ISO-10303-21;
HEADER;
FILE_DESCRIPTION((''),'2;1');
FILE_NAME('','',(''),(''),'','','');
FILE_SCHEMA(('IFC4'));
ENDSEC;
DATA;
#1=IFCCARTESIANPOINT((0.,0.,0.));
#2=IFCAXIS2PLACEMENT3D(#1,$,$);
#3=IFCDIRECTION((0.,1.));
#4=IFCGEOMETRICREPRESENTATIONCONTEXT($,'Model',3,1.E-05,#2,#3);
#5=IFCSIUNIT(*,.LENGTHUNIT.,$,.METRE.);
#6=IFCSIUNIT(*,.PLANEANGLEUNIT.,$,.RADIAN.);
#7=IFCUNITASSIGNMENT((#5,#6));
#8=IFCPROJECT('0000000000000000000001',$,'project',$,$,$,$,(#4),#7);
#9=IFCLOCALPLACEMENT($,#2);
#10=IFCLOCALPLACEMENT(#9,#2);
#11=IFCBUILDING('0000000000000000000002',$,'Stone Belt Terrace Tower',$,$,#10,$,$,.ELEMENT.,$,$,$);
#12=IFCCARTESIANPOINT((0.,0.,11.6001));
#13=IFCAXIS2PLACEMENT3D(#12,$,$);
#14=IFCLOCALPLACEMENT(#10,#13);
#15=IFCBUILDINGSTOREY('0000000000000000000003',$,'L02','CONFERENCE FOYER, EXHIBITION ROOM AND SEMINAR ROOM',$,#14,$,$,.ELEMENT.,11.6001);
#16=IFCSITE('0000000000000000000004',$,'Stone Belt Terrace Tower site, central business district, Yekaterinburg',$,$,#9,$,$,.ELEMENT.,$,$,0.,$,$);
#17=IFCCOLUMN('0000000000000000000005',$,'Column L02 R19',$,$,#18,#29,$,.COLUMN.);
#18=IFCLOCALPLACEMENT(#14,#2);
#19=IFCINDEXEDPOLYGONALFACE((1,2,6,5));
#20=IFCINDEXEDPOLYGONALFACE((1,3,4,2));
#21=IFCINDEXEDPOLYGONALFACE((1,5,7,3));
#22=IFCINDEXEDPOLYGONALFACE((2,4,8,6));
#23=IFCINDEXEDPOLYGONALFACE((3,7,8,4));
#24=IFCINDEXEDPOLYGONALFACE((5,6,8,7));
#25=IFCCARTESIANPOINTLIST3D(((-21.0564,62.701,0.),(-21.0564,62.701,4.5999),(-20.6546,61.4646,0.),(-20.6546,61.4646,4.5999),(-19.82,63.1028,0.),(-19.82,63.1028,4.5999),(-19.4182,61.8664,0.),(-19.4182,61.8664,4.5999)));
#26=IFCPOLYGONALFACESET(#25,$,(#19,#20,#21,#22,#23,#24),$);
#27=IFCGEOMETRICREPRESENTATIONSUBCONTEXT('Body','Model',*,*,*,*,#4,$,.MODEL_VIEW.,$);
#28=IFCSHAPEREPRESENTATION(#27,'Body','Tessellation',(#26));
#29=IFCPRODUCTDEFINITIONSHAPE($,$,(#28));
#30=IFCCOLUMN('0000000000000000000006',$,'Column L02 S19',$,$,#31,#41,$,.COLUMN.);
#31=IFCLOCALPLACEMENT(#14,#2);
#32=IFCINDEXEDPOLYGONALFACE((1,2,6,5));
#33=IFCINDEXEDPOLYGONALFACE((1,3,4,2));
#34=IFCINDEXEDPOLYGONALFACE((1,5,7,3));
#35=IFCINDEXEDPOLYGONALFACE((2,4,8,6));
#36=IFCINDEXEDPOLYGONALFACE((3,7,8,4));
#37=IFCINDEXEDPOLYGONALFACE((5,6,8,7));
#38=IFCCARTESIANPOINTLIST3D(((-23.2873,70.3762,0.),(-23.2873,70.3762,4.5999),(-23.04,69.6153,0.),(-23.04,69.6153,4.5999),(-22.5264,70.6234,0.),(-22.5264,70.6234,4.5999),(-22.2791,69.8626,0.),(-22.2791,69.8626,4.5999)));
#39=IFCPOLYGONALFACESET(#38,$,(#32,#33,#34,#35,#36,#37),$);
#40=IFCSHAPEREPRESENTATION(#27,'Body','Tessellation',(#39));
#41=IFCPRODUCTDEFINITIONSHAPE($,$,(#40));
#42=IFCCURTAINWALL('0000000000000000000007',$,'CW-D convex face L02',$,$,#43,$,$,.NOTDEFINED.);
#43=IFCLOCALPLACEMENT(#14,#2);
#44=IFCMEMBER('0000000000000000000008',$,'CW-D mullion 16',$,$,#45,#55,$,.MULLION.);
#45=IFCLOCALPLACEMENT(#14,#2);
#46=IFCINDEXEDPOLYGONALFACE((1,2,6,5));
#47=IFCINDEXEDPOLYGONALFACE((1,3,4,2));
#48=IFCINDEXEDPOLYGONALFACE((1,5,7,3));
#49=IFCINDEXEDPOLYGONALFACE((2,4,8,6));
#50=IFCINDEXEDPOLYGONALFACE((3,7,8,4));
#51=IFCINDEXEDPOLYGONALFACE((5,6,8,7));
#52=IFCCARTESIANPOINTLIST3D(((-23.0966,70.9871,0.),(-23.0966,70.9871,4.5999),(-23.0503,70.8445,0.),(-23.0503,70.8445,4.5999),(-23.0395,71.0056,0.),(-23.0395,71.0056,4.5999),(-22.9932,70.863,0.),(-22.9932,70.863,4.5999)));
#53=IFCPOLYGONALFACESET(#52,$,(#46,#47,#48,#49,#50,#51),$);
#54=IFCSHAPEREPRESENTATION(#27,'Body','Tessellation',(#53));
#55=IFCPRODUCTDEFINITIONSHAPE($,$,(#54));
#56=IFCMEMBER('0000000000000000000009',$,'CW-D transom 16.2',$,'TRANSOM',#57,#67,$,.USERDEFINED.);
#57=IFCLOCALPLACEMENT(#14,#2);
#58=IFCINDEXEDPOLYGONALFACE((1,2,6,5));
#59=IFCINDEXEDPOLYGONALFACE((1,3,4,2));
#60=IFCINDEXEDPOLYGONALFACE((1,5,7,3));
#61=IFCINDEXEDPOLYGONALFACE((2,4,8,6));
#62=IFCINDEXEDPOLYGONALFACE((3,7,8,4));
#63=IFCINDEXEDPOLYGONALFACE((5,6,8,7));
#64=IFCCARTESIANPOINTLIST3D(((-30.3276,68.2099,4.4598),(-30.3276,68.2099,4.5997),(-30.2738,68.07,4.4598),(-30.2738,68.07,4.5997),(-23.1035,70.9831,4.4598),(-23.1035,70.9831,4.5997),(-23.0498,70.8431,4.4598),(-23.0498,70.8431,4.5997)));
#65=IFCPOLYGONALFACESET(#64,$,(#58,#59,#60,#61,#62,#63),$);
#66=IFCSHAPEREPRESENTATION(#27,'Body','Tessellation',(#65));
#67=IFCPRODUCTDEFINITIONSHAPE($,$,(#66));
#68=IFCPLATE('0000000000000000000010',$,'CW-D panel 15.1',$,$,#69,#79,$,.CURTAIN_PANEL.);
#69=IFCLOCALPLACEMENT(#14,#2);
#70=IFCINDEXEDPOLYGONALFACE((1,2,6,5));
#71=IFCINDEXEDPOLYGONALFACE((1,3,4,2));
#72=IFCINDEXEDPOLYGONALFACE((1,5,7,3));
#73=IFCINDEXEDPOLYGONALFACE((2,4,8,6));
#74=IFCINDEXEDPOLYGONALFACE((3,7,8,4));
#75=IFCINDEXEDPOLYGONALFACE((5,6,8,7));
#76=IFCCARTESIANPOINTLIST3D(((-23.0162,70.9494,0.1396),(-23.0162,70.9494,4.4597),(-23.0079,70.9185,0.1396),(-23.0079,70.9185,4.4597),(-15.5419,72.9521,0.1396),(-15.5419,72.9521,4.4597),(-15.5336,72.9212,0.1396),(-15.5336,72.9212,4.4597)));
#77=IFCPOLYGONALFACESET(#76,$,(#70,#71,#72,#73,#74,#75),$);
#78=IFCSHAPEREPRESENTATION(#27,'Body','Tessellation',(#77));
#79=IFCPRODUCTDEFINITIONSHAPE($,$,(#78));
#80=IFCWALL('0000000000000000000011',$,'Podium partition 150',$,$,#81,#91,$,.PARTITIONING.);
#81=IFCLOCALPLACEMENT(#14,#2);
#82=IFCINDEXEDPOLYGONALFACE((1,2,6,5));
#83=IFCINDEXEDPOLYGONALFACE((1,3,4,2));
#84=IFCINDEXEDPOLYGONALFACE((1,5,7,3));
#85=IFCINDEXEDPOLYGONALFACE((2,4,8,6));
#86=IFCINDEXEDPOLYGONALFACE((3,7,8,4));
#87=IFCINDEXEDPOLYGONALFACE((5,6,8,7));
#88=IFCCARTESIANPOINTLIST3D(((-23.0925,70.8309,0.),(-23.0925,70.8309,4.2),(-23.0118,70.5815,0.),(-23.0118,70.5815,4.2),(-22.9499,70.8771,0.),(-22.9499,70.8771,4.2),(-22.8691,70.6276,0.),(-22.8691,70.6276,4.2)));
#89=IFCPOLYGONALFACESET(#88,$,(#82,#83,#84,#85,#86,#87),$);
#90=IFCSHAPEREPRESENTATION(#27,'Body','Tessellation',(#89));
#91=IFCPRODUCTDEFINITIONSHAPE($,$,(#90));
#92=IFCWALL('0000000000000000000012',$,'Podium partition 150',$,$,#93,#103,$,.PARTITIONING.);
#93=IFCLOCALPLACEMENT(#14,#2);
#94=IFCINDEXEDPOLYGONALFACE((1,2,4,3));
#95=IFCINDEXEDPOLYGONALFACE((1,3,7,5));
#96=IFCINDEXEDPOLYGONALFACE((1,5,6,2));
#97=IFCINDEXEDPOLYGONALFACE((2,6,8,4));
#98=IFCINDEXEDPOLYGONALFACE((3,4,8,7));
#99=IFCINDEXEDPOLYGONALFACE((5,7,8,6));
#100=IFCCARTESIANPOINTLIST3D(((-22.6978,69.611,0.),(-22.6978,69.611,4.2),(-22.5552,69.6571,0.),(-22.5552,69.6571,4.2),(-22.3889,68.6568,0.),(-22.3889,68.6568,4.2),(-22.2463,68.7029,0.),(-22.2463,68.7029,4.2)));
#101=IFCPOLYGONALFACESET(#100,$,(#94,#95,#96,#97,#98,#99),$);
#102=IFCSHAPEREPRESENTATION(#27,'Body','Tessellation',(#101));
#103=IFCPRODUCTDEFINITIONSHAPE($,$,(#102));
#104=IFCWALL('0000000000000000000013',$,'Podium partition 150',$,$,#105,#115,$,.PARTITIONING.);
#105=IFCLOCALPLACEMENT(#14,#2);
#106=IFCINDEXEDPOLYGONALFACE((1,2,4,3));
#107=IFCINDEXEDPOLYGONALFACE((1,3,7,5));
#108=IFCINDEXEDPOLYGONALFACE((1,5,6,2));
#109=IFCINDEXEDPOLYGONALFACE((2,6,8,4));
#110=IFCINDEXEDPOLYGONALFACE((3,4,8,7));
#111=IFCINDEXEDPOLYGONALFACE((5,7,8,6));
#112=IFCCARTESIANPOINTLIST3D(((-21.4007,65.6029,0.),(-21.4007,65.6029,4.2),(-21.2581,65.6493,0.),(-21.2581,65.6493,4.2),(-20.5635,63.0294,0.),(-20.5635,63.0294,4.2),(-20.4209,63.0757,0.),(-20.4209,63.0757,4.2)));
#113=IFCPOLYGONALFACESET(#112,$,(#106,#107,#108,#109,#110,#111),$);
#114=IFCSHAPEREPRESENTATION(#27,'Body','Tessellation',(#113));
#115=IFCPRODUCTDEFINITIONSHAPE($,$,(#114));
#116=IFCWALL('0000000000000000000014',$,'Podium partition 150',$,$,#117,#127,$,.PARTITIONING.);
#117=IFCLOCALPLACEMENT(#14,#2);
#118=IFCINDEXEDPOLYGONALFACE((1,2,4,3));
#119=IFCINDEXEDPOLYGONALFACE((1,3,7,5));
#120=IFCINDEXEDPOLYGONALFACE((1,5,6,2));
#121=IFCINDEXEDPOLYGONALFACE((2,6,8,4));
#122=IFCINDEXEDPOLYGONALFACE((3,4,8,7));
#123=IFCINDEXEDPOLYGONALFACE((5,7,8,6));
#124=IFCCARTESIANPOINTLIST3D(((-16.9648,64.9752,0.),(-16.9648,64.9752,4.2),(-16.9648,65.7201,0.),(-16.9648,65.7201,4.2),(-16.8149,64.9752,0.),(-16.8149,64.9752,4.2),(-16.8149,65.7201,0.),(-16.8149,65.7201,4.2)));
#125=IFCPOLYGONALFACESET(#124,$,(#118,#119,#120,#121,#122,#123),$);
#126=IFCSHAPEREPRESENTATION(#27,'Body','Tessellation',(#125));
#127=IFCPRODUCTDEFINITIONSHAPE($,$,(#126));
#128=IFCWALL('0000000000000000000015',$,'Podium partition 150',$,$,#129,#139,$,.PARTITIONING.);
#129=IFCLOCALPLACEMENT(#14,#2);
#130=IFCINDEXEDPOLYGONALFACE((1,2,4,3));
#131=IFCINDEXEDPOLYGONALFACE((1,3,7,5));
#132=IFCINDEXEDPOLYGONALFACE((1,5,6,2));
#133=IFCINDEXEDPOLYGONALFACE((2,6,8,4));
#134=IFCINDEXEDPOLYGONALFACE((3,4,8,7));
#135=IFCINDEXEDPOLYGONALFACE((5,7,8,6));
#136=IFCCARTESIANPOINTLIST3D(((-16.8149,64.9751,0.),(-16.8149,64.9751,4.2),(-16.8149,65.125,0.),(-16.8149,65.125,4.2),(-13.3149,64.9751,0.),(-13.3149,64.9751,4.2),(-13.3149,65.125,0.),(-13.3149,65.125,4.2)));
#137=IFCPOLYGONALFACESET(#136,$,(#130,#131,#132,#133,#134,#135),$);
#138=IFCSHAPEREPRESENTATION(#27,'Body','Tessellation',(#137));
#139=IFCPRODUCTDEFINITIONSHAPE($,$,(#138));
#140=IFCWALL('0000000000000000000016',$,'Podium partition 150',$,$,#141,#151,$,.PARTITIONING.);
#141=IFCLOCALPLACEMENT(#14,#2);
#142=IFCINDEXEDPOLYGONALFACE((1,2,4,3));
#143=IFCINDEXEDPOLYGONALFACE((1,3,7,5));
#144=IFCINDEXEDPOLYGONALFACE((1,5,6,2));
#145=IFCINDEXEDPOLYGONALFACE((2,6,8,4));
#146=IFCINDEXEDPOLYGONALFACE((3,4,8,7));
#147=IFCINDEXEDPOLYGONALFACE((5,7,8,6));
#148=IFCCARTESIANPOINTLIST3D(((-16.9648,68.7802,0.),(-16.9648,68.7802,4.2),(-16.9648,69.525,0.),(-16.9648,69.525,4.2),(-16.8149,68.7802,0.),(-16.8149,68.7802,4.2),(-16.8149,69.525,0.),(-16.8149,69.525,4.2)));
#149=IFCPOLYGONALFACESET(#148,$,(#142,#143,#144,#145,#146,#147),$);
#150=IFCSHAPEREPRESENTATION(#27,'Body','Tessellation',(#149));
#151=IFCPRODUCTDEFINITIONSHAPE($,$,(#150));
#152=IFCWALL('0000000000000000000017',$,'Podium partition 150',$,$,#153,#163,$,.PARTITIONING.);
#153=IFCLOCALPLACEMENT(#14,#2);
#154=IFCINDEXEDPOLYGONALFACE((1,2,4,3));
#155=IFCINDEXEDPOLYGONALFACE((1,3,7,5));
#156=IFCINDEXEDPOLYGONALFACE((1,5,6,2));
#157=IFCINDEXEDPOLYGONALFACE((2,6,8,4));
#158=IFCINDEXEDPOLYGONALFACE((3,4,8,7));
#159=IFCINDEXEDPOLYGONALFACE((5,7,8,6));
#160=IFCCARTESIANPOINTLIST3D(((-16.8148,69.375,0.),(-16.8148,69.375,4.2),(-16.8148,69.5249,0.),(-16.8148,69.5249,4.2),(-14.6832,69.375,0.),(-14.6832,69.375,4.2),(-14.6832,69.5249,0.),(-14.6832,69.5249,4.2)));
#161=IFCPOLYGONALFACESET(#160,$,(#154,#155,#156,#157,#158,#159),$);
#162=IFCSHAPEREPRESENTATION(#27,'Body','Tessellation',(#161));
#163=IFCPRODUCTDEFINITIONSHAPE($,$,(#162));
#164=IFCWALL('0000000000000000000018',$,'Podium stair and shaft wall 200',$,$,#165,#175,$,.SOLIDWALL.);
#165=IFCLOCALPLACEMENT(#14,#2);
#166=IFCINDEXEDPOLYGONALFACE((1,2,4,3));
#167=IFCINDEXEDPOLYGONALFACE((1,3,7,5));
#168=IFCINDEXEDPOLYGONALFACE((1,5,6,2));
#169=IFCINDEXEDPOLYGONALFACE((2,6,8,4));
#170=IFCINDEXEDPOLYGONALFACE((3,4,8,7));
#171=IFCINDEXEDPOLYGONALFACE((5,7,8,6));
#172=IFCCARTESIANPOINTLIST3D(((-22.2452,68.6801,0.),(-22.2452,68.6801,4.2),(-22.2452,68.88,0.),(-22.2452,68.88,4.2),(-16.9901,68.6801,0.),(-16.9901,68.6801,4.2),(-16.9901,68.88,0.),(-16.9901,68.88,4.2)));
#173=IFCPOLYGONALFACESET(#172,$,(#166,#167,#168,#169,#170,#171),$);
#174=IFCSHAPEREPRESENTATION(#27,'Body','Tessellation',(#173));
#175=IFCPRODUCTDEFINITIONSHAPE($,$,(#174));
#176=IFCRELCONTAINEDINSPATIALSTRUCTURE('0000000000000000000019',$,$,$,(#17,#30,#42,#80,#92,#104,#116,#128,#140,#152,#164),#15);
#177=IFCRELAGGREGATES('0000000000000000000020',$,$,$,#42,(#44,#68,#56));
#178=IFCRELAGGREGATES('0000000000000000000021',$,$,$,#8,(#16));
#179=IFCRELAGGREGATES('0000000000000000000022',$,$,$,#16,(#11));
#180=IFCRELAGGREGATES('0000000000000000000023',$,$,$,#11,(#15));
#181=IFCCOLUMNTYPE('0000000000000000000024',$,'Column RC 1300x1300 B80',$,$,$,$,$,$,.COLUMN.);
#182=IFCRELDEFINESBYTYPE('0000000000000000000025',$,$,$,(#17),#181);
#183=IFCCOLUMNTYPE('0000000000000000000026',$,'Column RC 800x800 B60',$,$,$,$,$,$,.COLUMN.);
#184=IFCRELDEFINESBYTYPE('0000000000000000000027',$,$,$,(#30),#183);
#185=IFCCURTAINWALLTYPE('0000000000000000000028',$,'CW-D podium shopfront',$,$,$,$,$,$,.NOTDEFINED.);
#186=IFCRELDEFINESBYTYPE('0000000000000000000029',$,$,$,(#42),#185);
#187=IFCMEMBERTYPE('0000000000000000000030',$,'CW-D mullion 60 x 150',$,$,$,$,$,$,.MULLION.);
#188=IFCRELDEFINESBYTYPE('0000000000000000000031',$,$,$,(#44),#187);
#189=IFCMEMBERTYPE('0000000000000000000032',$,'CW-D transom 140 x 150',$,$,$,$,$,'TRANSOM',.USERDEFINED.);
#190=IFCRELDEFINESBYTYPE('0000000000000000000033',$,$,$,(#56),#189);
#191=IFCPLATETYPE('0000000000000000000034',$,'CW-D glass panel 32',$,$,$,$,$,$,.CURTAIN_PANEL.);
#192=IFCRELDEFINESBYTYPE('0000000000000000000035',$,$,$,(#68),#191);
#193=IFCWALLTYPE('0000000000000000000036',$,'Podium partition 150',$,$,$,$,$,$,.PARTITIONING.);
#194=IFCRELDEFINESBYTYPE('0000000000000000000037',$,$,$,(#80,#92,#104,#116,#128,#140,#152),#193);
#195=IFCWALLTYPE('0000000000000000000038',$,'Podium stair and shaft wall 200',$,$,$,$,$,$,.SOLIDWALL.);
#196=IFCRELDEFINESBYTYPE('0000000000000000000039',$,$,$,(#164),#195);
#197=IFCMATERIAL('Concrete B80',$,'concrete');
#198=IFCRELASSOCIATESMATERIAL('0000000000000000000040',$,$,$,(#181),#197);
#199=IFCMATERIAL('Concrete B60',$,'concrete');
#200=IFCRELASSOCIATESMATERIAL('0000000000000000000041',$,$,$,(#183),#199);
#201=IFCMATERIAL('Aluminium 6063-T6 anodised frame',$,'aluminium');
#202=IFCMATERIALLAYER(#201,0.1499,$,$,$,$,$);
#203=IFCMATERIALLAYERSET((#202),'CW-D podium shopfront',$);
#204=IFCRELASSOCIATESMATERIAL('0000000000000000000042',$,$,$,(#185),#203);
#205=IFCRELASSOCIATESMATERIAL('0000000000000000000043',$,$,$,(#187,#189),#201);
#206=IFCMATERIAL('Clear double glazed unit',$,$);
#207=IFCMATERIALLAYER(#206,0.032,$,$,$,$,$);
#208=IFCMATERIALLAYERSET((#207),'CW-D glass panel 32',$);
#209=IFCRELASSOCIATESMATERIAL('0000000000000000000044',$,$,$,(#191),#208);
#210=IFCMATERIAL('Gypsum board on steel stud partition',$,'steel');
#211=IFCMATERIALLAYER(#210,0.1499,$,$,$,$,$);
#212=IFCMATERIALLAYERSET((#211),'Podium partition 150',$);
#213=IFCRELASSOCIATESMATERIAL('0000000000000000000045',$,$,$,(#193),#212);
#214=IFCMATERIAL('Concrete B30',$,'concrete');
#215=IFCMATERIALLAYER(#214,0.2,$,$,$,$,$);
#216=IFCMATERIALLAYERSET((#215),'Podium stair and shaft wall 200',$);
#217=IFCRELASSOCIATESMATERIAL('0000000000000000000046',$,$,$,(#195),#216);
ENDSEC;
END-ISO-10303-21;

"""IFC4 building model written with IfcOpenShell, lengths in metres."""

from ifc_helpers import new_model, si_unit, direction, frame, frame_2d, origin, origin_2d, place, context, subcontext, project, spatial, rectangle, extrude, material, layer, layer_set, material_profile, profile_set, type_object, element, aggregate, save


model = new_model("IFC4")

# Units and contexts
model_context = context("Model", 3, precision=1e-05, world=origin(), true_north=direction((0.0, 1.0)))
body_context = subcontext(model_context, "Body", "Model", "MODEL_VIEW")
ifc_project = project(units=[si_unit("LENGTHUNIT", "METRE"), si_unit("PLANEANGLEUNIT", "RADIAN")], contexts=[model_context])

# Site, building, storey
site_placement = place(None, origin())
site = spatial("IfcSite", under=ifc_project, at=site_placement, Name="Stone Belt Terrace Tower site, central business district, Yekaterinburg", CompositionType="ELEMENT", RefElevation=0.0)
building_placement = place(site_placement, origin())
building = spatial("IfcBuilding", under=site, at=building_placement, Name="Stone Belt Terrace Tower", CompositionType="ELEMENT")
storey_placement = place(building_placement, frame((0.0, 0.0, 11.6001)))
storey = spatial("IfcBuildingStorey", under=building, at=storey_placement, Name="L02", Description="CONFERENCE FOYER, EXHIBITION ROOM AND SEMINAR ROOM", CompositionType="ELEMENT", Elevation=11.6001)

# Columns
ifc_material_1 = material(Name="Concrete B80", Category="concrete")
ifc_material_profile_1 = material_profile(ifc_material_1, rectangle(XDim=1.3, YDim=1.3, at=origin_2d()), Name="RC 1300x1300")
ifc_profile_set_1 = profile_set([ifc_material_profile_1], Name="Concrete B80")
column_type_1 = type_object("IfcColumnType", Name="Column RC 1300x1300 B80", PredefinedType="COLUMN", material=ifc_profile_set_1)
column_1_placement = place(storey_placement, frame((-20.2373, 62.2837, 0.0), z_axis=(0.0, 0.0, 1.0), x_axis=(0.951057, 0.309017, 0.0)))
element("IfcColumn", 1, at=column_1_placement, inside=storey, type_object=column_type_1, Name="Column L02 R19", PredefinedType="COLUMN", context=body_context, shape_type="SweptSolid", body=[
    extrude(rectangle(XDim=1.3, YDim=1.3, at=origin_2d()), origin(), (0.0, 0.0, 1.0), 4.5999),
])
ifc_material_2 = material(Name="Concrete B60", Category="concrete")
ifc_material_profile_2 = material_profile(ifc_material_2, rectangle(XDim=0.8, YDim=0.8, at=origin_2d()), Name="RC 800x800")
ifc_profile_set_2 = profile_set([ifc_material_profile_2], Name="Concrete B60")
column_type_2 = type_object("IfcColumnType", Name="Column RC 800x800 B60", PredefinedType="COLUMN", material=ifc_profile_set_2)
column_2_placement = place(storey_placement, frame((-22.7832, 70.1194, 0.0), z_axis=(0.0, 0.0, 1.0), x_axis=(0.951057, 0.309017, 0.0)))
element("IfcColumn", 2, at=column_2_placement, inside=storey, type_object=column_type_2, Name="Column L02 S19", PredefinedType="COLUMN", context=body_context, shape_type="SweptSolid", body=[
    extrude(rectangle(XDim=0.8, YDim=0.8, at=origin_2d()), origin(), (0.0, 0.0, 1.0), 4.5999),
])

# Curtain wall, members, plate
ifc_material_3 = material(Name="Aluminium 6063-T6 anodised frame", Category="aluminium")
ifc_layer_1 = layer(ifc_material_3, 0.1499)
ifc_layer_set_1 = layer_set([ifc_layer_1], Name="CW-D podium shopfront")
curtain_wall_type = type_object("IfcCurtainWallType", Name="CW-D podium shopfront", PredefinedType="NOTDEFINED", material=ifc_layer_set_1)
curtain_wall_placement = place(storey_placement, origin())
curtain_wall = element("IfcCurtainWall", 3, at=curtain_wall_placement, inside=storey, type_object=curtain_wall_type, Name="CW-D convex face L02", PredefinedType="NOTDEFINED")
ifc_material_profile_3 = material_profile(ifc_material_3, rectangle(XDim=0.1499, YDim=0.0601, at=origin_2d()), Name="Aluminium 6063-T6 60x150")
ifc_profile_set_3 = profile_set([ifc_material_profile_3], Name="Aluminium 6063-T6 anodised frame")
member_type_1 = type_object("IfcMemberType", Name="CW-D mullion 60 x 150", PredefinedType="MULLION", material=ifc_profile_set_3)
member_1_placement = place(storey_placement, frame((-23.0449, 70.925, 0.0), z_axis=(0.0, 0.0, 1.0), x_axis=(0.309017, -0.951057, 0.0)))
member_1 = element("IfcMember", 4, at=member_1_placement, type_object=member_type_1, Name="CW-D mullion 16", PredefinedType="MULLION", context=body_context, shape_type="SweptSolid", body=[
    extrude(rectangle(XDim=0.1499, YDim=0.0601, at=origin_2d()), origin(), (0.0, 0.0, 1.0), 4.5999),
])
ifc_material_profile_4 = material_profile(ifc_material_3, rectangle(XDim=0.1499, YDim=0.1399, at=origin_2d()), Name="Aluminium 6063-T6 150x140")
ifc_profile_set_4 = profile_set([ifc_material_profile_4], Name="Aluminium 6063-T6 anodised frame")
member_type_2 = type_object("IfcMemberType", Name="CW-D transom 140 x 150", ElementType="TRANSOM", PredefinedType="USERDEFINED", material=ifc_profile_set_4)
member_2_placement = place(storey_placement, frame((-23.0767, 70.9131, 4.5298), z_axis=(-0.933576, -0.358381, 0.0), x_axis=(0.358381, -0.933576, 0.0)))
member_2 = element("IfcMember", 5, at=member_2_placement, type_object=member_type_2, Name="CW-D transom 16.2", ObjectType="TRANSOM", PredefinedType="USERDEFINED", context=body_context, shape_type="SweptSolid", body=[
    extrude(rectangle(XDim=0.1499, YDim=0.1399, at=origin_2d()), origin(), (0.0, 0.0, 1.0), 7.738),
])
ifc_material_4 = material(Name="Clear double glazed unit")
ifc_layer_2 = layer(ifc_material_4, 0.032)
ifc_layer_set_2 = layer_set([ifc_layer_2], Name="CW-D glass panel 32")
plate_type = type_object("IfcPlateType", Name="CW-D glass panel 32", PredefinedType="CURTAIN_PANEL", material=ifc_layer_set_2)
plate_placement = place(storey_placement, frame((-19.2749, 71.9353, 0.1396), z_axis=(0.0, 0.0, 1.0), x_axis=(-0.965926, -0.258819, 0.0)))
plate = element("IfcPlate", 6, at=plate_placement, type_object=plate_type, Name="CW-D panel 15.1", PredefinedType="CURTAIN_PANEL", context=body_context, shape_type="SweptSolid", body=[
    extrude(rectangle(XDim=7.738, YDim=0.032, at=origin_2d()), origin(), (0.0, 0.0, 1.0), 4.3201),
])
aggregate(curtain_wall, [member_1, plate, member_2])

# Walls
ifc_material_5 = material(Name="Gypsum board on steel stud partition", Category="steel")
ifc_layer_3 = layer(ifc_material_5, 0.1499)
ifc_layer_set_3 = layer_set([ifc_layer_3], Name="Podium partition 150")
wall_type_1 = type_object("IfcWallType", Name="Podium partition 150", PredefinedType="PARTITIONING", material=ifc_layer_set_3)
wall_1_placement = place(storey_placement, frame((-23.0212, 70.854, 0.0), z_axis=(0.0, 0.0, 1.0), x_axis=(0.308118, -0.951348, 0.0)))
element("IfcWall", 7, at=wall_1_placement, inside=storey, type_object=wall_type_1, Name="Podium partition 150", PredefinedType="PARTITIONING", context=body_context, shape_type="SweptSolid", body=[
    extrude(rectangle(XDim=0.2622, YDim=0.1499, at=frame_2d((0.1311, 0.0))), origin(), (0.0, 0.0, 1.0), 4.2),
])
wall_2_placement = place(storey_placement, frame((-22.6265, 69.634, 0.0), z_axis=(0.0, 0.0, 1.0), x_axis=(0.307963, -0.951398, 0.0)))
element("IfcWall", 8, at=wall_2_placement, inside=storey, type_object=wall_type_1, Name="Podium partition 150", PredefinedType="PARTITIONING", context=body_context, shape_type="SweptSolid", body=[
    extrude(rectangle(XDim=1.0029, YDim=0.1499, at=frame_2d((0.5015, 0.0))), origin(), (0.0, 0.0, 1.0), 4.2),
])
wall_3_placement = place(storey_placement, frame((-21.3293, 65.626, 0.0), z_axis=(0.0, 0.0, 1.0), x_axis=(0.309345, -0.95095, 0.0)))
element("IfcWall", 9, at=wall_3_placement, inside=storey, type_object=wall_type_1, Name="Podium partition 150", PredefinedType="PARTITIONING", context=body_context, shape_type="SweptSolid", body=[
    extrude(rectangle(XDim=2.7063, YDim=0.1499, at=frame_2d((1.353, 0.0))), origin(), (0.0, 0.0, 1.0), 4.2),
])
wall_4_placement = place(storey_placement, frame((-16.8899, 64.9751, 0.0), z_axis=(0.0, 0.0, 1.0), x_axis=(0.0, 1.0, 0.0)))
element("IfcWall", 10, at=wall_4_placement, inside=storey, type_object=wall_type_1, Name="Podium partition 150", PredefinedType="PARTITIONING", context=body_context, shape_type="SweptSolid", body=[
    extrude(rectangle(XDim=0.7449, YDim=0.1499, at=frame_2d((0.3726, 0.0))), origin(), (0.0, 0.0, 1.0), 4.2),
])
wall_5_placement = place(storey_placement, frame((-16.8149, 65.05, 0.0), z_axis=(0.0, 0.0, 1.0), x_axis=(1.0, 0.0, 0.0)))
element("IfcWall", 11, at=wall_5_placement, inside=storey, type_object=wall_type_1, Name="Podium partition 150", PredefinedType="PARTITIONING", context=body_context, shape_type="SweptSolid", body=[
    extrude(rectangle(XDim=3.5, YDim=0.1499, at=frame_2d((1.75, 0.0))), origin(), (0.0, 0.0, 1.0), 4.2),
])
wall_6_placement = place(storey_placement, frame((-16.8899, 68.78, 0.0), z_axis=(0.0, 0.0, 1.0), x_axis=(0.0, 1.0, 0.0)))
element("IfcWall", 12, at=wall_6_placement, inside=storey, type_object=wall_type_1, Name="Podium partition 150", PredefinedType="PARTITIONING", context=body_context, shape_type="SweptSolid", body=[
    extrude(rectangle(XDim=0.7449, YDim=0.1499, at=frame_2d((0.3726, 0.0))), origin(), (0.0, 0.0, 1.0), 4.2),
])
wall_7_placement = place(storey_placement, frame((-16.8149, 69.45, 0.0), z_axis=(0.0, 0.0, 1.0), x_axis=(1.0, 0.0, 0.0)))
element("IfcWall", 13, at=wall_7_placement, inside=storey, type_object=wall_type_1, Name="Podium partition 150", PredefinedType="PARTITIONING", context=body_context, shape_type="SweptSolid", body=[
    extrude(rectangle(XDim=2.1316, YDim=0.1499, at=frame_2d((1.0659, 0.0))), origin(), (0.0, 0.0, 1.0), 4.2),
])
ifc_material_6 = material(Name="Concrete B30", Category="concrete")
ifc_layer_4 = layer(ifc_material_6, 0.2)
ifc_layer_set_4 = layer_set([ifc_layer_4], Name="Podium stair and shaft wall 200")
wall_type_2 = type_object("IfcWallType", Name="Podium stair and shaft wall 200", PredefinedType="SOLIDWALL", material=ifc_layer_set_4)
wall_8_placement = place(storey_placement, frame((-22.2451, 68.78, 0.0), z_axis=(0.0, 0.0, 1.0), x_axis=(1.0, 0.0, 0.0)))
element("IfcWall", 14, at=wall_8_placement, inside=storey, type_object=wall_type_2, Name="Podium stair and shaft wall 200", PredefinedType="SOLIDWALL", context=body_context, shape_type="SweptSolid", body=[
    extrude(rectangle(XDim=5.2551, YDim=0.2, at=frame_2d((2.6274, 0.0))), origin(), (0.0, 0.0, 1.0), 4.2),
])

save(model, "model.ifc")
